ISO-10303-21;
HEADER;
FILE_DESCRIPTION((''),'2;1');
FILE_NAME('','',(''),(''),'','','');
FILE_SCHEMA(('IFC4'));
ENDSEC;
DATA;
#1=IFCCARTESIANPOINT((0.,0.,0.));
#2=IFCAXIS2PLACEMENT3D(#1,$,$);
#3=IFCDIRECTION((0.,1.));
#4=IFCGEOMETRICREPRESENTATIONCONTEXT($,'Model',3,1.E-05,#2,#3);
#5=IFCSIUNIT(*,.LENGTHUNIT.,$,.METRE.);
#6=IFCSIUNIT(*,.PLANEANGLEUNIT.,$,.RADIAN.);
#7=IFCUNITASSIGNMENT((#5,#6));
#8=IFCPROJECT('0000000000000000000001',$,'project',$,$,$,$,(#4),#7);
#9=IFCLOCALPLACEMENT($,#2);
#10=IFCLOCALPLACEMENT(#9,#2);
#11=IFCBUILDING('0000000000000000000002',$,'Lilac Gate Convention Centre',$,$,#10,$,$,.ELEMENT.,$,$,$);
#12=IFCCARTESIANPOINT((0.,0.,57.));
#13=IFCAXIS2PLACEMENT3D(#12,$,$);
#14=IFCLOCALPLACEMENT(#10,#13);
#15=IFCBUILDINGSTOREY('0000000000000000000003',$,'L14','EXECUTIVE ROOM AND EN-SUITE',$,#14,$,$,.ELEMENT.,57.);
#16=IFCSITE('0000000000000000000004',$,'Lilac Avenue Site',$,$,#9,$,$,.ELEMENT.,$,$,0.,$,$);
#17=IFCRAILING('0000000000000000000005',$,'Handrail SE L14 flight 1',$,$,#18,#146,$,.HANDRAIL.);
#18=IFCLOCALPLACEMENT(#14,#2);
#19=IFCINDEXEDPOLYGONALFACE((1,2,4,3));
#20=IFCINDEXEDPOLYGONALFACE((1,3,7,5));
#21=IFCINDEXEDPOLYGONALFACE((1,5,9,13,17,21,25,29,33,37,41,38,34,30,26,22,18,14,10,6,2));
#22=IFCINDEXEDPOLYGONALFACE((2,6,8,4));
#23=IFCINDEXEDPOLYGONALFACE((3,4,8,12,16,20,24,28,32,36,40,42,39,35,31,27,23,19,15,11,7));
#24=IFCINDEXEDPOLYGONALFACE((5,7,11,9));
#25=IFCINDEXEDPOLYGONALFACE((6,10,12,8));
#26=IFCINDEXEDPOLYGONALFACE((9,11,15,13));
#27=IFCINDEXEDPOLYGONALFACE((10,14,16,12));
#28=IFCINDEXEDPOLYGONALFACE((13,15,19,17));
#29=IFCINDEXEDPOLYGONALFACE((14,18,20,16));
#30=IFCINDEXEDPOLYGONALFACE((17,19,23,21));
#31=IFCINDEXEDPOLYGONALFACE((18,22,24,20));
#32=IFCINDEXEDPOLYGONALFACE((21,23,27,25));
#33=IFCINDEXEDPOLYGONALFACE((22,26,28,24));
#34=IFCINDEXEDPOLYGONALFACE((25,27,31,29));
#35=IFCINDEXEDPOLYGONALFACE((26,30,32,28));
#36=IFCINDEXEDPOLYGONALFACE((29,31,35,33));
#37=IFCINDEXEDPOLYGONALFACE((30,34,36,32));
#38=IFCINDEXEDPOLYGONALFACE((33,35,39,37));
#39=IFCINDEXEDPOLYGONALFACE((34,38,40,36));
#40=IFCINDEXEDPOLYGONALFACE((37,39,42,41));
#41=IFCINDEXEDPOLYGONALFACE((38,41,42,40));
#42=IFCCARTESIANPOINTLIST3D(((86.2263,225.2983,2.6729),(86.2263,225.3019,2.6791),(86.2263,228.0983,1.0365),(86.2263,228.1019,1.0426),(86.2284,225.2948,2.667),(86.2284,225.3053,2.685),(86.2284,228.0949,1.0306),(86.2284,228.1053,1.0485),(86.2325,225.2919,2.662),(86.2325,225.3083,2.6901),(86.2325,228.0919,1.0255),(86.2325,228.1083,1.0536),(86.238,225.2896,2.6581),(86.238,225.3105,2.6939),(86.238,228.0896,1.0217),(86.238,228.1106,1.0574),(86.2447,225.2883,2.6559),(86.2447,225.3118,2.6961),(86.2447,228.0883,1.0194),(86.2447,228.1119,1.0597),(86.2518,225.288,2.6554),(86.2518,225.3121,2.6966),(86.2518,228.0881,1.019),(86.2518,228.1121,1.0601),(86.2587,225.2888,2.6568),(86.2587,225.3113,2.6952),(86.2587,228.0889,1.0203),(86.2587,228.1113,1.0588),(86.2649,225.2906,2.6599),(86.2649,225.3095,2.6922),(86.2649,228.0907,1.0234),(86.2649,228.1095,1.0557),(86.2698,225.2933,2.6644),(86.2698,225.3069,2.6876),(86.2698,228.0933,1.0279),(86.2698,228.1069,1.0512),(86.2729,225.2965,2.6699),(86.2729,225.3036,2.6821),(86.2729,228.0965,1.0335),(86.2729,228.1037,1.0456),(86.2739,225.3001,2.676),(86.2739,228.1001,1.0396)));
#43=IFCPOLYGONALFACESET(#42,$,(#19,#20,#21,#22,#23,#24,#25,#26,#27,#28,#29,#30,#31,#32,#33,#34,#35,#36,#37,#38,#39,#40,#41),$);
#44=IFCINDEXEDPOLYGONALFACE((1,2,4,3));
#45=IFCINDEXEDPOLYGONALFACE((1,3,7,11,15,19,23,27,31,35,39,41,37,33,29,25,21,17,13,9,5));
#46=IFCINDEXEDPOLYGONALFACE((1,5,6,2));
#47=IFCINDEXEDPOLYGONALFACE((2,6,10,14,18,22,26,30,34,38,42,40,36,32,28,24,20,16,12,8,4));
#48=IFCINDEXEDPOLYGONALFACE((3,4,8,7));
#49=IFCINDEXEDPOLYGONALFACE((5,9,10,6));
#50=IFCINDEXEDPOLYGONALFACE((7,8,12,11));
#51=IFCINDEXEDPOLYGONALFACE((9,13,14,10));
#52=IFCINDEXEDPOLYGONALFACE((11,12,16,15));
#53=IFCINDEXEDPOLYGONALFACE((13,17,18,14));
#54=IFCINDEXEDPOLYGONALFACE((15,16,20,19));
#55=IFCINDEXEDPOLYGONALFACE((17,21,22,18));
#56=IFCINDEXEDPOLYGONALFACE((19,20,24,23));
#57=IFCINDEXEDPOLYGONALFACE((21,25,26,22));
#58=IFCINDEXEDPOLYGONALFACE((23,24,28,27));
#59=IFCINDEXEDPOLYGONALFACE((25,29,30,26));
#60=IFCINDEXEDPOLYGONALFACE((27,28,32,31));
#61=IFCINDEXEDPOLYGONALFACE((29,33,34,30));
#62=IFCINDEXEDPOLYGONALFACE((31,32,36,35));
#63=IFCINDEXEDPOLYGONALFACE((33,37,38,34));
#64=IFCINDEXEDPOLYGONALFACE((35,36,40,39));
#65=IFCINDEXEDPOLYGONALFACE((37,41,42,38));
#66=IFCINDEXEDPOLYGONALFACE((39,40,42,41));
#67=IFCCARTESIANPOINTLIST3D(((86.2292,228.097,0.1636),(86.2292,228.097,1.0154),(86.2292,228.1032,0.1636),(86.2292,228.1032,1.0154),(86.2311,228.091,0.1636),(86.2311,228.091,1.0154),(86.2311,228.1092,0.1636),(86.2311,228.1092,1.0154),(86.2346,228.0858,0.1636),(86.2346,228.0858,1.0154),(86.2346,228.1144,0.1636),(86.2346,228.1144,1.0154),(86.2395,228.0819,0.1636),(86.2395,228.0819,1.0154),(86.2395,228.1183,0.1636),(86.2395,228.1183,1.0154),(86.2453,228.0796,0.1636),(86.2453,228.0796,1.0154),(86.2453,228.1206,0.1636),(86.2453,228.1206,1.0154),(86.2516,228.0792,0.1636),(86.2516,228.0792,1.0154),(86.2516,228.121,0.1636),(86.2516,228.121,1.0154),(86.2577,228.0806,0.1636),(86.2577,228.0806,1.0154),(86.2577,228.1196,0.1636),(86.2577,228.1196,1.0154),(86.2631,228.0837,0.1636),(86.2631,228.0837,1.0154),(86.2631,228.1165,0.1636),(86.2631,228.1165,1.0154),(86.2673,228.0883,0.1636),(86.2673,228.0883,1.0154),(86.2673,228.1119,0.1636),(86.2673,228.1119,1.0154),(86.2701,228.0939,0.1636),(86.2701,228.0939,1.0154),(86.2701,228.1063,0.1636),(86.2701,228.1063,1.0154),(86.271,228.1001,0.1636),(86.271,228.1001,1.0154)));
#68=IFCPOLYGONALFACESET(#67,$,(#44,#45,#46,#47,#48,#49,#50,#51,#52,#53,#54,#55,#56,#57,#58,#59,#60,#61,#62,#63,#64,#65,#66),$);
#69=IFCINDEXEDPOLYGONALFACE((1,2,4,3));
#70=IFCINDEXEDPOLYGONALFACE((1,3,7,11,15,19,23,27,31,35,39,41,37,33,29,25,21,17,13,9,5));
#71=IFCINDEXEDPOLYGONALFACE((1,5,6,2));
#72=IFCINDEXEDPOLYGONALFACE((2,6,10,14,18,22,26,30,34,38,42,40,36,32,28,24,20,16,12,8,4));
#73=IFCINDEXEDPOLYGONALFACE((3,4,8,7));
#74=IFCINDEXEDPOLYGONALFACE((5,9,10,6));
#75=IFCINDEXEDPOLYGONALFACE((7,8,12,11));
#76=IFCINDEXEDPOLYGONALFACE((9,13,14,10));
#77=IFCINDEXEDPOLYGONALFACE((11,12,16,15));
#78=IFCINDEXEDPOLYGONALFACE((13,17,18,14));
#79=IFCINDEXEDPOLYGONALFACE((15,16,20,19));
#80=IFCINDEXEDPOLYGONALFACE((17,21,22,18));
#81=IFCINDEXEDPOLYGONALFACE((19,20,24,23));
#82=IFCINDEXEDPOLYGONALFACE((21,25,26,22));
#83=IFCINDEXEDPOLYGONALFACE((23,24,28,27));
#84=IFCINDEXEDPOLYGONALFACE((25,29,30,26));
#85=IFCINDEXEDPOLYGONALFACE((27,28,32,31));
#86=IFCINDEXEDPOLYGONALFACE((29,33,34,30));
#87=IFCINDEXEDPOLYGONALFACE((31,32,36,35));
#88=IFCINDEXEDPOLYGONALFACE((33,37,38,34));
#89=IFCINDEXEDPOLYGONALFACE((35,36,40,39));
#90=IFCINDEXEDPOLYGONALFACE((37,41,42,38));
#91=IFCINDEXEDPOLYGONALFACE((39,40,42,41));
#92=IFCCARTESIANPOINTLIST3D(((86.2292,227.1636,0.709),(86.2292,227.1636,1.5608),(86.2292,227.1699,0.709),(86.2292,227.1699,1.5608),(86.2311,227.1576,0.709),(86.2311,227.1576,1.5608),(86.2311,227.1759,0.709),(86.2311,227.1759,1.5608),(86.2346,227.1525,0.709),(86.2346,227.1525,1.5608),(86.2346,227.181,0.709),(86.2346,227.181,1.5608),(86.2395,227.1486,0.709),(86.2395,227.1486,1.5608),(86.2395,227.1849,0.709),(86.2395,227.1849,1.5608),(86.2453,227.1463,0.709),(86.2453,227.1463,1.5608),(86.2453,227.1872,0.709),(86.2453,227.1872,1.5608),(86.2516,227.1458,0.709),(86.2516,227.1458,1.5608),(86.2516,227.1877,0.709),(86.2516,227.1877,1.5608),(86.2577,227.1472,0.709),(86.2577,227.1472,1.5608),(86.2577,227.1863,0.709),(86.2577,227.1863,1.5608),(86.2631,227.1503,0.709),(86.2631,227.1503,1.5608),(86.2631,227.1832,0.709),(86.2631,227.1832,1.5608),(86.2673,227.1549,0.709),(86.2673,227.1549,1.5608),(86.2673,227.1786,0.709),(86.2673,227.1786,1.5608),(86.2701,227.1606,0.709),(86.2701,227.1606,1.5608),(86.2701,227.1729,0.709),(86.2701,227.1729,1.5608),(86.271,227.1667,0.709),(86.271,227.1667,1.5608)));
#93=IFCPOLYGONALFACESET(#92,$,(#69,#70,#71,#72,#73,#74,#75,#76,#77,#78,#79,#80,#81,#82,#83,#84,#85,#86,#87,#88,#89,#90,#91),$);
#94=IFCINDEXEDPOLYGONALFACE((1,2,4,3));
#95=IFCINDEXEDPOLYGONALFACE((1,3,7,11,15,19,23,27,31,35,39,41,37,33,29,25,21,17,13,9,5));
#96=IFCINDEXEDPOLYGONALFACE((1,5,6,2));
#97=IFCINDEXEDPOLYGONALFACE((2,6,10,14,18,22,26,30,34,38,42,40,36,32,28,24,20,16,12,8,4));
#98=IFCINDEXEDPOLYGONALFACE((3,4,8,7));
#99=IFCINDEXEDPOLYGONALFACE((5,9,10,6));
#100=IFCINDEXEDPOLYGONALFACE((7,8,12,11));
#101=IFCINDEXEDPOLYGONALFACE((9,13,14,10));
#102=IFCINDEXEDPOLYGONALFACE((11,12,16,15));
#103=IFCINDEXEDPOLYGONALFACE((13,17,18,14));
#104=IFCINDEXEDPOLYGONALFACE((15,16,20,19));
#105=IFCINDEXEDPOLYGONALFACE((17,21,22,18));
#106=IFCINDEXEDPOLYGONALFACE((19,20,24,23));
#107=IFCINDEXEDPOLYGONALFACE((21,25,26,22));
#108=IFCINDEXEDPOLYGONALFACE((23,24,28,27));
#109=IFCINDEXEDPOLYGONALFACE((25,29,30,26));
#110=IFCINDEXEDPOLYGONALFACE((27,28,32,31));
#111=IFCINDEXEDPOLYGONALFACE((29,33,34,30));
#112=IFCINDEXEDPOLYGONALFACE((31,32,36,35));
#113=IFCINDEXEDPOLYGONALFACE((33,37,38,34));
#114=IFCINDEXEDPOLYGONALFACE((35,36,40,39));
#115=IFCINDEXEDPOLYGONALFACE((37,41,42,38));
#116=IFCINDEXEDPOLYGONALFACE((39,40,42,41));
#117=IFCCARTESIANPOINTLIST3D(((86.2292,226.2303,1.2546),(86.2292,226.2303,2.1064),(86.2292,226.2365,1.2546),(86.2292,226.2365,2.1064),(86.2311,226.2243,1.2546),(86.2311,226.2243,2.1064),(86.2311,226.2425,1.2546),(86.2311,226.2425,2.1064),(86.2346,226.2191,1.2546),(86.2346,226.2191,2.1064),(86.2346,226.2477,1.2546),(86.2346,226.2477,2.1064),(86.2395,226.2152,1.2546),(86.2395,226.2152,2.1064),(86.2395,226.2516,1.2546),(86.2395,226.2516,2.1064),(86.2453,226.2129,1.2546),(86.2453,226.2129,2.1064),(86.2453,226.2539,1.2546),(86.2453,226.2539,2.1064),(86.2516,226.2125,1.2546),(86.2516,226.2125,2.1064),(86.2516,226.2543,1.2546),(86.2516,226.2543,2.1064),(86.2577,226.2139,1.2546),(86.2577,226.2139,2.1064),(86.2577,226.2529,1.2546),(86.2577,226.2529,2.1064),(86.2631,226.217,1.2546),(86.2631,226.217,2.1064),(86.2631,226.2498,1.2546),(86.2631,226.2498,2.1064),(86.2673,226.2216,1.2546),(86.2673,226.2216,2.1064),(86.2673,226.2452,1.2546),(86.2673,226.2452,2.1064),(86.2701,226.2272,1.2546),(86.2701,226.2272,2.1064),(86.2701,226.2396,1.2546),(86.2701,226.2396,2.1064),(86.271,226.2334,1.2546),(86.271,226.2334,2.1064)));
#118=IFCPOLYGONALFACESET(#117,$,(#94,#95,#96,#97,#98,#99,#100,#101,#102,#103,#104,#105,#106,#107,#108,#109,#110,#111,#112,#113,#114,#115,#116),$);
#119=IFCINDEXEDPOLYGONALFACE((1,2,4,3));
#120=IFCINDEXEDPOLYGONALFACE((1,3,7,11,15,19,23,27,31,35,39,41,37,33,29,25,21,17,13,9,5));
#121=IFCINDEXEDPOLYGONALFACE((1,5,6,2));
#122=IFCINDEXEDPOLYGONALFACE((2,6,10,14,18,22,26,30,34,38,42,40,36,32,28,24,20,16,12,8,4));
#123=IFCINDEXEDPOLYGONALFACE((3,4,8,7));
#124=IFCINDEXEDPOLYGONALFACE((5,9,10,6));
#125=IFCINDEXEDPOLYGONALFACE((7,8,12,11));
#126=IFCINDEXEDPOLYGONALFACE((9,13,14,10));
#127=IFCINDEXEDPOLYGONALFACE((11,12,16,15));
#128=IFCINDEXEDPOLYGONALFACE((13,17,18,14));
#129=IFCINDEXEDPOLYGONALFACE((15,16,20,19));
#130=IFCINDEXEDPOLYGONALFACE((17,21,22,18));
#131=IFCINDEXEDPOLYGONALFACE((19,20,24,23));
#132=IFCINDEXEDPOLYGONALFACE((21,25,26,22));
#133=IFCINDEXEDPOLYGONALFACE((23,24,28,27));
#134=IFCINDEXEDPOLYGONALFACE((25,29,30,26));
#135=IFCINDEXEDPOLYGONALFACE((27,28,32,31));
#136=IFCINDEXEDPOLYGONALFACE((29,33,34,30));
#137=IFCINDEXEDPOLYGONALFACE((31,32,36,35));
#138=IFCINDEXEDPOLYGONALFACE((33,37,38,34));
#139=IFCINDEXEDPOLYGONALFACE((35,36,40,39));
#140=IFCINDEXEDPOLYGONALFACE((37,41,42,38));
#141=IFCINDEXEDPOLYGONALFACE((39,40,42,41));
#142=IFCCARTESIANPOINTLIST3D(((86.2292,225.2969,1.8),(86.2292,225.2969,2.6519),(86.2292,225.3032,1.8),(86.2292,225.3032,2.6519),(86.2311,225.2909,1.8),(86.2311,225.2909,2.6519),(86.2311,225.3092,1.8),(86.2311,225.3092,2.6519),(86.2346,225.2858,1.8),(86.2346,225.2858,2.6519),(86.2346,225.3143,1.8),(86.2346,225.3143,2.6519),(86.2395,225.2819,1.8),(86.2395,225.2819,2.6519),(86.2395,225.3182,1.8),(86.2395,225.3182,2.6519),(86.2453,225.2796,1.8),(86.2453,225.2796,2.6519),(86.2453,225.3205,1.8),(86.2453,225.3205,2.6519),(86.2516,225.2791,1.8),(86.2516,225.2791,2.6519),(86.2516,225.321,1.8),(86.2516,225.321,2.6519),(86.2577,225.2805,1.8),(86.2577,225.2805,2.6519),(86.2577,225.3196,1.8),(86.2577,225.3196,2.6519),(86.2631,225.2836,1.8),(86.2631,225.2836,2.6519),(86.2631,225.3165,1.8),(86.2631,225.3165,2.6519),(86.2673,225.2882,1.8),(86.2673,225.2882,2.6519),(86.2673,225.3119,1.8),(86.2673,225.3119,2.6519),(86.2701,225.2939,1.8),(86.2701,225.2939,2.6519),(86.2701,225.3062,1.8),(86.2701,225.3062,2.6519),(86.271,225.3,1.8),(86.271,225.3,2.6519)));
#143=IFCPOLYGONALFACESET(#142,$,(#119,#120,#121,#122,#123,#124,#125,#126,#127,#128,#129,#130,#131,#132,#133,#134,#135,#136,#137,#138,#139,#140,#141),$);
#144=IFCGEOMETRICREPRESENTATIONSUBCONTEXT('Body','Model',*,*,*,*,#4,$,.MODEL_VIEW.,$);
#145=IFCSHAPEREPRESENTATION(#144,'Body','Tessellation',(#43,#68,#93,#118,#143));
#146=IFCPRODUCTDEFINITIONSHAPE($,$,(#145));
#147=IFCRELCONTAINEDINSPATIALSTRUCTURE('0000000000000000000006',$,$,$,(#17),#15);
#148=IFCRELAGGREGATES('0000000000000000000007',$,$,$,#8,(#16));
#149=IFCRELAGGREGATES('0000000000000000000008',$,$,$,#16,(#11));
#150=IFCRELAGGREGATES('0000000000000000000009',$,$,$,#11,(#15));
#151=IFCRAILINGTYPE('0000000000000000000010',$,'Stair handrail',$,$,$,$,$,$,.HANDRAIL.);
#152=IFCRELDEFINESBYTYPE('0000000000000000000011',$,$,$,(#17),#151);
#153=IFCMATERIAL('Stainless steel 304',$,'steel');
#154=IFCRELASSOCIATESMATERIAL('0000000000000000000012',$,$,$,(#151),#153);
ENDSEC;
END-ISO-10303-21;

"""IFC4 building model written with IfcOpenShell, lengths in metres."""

from ifc_helpers import new_model, si_unit, direction, frame, origin, origin_2d, place, context, subcontext, project, spatial, circle, extrude, material, type_object, element, save


model = new_model("IFC4")

# Units and contexts
model_context = context("Model", 3, precision=1e-05, world=origin(), true_north=direction((0.0, 1.0)))
body_context = subcontext(model_context, "Body", "Model", "MODEL_VIEW")
ifc_project = project(units=[si_unit("LENGTHUNIT", "METRE"), si_unit("PLANEANGLEUNIT", "RADIAN")], contexts=[model_context])

# Site, building, storey
site_placement = place(None, origin())
site = spatial("IfcSite", under=ifc_project, at=site_placement, Name="Lilac Avenue Site", CompositionType="ELEMENT", RefElevation=0.0)
building_placement = place(site_placement, origin())
building = spatial("IfcBuilding", under=site, at=building_placement, Name="Lilac Gate Convention Centre", CompositionType="ELEMENT")
storey_placement = place(building_placement, frame((0.0, 0.0, 57.0)))
storey = spatial("IfcBuildingStorey", under=building, at=storey_placement, Name="L14", Description="EXECUTIVE ROOM AND EN-SUITE", CompositionType="ELEMENT", Elevation=57.0)

# Railing
ifc_material_1 = material(Name="Stainless steel 304", Category="steel")
railing_type = type_object("IfcRailingType", Name="Stair handrail", PredefinedType="HANDRAIL", material=ifc_material_1)
for number, where, name in (
    (1, (86.25, 228.1001, 0.1636), "Handrail SE L14 flight 1"),
):
    element("IfcRailing", number, at=place(storey_placement, frame(where)), inside=storey, type_object=railing_type, Name=name, PredefinedType="HANDRAIL", context=body_context, shape_type="SweptSolid", body=[
        extrude(circle(Radius=0.0239, at=origin_2d()), frame((0.0, 0.0, 0.876), z_axis=(0.0, -0.863361, 0.504587), x_axis=(1.0, 0.0, 0.0)), (0.0, 0.0, 1.0), 3.2432),
        extrude(circle(Radius=0.021, at=origin_2d()), origin(), (0.0, 0.0, 1.0), 0.8518),
        extrude(circle(Radius=0.021, at=origin_2d()), frame((0.0, -0.9333, 0.5454)), (0.0, 0.0, 1.0), 0.8518),
        extrude(circle(Radius=0.021, at=origin_2d()), frame((0.0, -1.8667, 1.0911)), (0.0, 0.0, 1.0), 0.8518),
        extrude(circle(Radius=0.021, at=origin_2d()), frame((0.0, -2.8, 1.6365)), (0.0, 0.0, 1.0), 0.8518),
    ])

save(model, "model.ifc")
